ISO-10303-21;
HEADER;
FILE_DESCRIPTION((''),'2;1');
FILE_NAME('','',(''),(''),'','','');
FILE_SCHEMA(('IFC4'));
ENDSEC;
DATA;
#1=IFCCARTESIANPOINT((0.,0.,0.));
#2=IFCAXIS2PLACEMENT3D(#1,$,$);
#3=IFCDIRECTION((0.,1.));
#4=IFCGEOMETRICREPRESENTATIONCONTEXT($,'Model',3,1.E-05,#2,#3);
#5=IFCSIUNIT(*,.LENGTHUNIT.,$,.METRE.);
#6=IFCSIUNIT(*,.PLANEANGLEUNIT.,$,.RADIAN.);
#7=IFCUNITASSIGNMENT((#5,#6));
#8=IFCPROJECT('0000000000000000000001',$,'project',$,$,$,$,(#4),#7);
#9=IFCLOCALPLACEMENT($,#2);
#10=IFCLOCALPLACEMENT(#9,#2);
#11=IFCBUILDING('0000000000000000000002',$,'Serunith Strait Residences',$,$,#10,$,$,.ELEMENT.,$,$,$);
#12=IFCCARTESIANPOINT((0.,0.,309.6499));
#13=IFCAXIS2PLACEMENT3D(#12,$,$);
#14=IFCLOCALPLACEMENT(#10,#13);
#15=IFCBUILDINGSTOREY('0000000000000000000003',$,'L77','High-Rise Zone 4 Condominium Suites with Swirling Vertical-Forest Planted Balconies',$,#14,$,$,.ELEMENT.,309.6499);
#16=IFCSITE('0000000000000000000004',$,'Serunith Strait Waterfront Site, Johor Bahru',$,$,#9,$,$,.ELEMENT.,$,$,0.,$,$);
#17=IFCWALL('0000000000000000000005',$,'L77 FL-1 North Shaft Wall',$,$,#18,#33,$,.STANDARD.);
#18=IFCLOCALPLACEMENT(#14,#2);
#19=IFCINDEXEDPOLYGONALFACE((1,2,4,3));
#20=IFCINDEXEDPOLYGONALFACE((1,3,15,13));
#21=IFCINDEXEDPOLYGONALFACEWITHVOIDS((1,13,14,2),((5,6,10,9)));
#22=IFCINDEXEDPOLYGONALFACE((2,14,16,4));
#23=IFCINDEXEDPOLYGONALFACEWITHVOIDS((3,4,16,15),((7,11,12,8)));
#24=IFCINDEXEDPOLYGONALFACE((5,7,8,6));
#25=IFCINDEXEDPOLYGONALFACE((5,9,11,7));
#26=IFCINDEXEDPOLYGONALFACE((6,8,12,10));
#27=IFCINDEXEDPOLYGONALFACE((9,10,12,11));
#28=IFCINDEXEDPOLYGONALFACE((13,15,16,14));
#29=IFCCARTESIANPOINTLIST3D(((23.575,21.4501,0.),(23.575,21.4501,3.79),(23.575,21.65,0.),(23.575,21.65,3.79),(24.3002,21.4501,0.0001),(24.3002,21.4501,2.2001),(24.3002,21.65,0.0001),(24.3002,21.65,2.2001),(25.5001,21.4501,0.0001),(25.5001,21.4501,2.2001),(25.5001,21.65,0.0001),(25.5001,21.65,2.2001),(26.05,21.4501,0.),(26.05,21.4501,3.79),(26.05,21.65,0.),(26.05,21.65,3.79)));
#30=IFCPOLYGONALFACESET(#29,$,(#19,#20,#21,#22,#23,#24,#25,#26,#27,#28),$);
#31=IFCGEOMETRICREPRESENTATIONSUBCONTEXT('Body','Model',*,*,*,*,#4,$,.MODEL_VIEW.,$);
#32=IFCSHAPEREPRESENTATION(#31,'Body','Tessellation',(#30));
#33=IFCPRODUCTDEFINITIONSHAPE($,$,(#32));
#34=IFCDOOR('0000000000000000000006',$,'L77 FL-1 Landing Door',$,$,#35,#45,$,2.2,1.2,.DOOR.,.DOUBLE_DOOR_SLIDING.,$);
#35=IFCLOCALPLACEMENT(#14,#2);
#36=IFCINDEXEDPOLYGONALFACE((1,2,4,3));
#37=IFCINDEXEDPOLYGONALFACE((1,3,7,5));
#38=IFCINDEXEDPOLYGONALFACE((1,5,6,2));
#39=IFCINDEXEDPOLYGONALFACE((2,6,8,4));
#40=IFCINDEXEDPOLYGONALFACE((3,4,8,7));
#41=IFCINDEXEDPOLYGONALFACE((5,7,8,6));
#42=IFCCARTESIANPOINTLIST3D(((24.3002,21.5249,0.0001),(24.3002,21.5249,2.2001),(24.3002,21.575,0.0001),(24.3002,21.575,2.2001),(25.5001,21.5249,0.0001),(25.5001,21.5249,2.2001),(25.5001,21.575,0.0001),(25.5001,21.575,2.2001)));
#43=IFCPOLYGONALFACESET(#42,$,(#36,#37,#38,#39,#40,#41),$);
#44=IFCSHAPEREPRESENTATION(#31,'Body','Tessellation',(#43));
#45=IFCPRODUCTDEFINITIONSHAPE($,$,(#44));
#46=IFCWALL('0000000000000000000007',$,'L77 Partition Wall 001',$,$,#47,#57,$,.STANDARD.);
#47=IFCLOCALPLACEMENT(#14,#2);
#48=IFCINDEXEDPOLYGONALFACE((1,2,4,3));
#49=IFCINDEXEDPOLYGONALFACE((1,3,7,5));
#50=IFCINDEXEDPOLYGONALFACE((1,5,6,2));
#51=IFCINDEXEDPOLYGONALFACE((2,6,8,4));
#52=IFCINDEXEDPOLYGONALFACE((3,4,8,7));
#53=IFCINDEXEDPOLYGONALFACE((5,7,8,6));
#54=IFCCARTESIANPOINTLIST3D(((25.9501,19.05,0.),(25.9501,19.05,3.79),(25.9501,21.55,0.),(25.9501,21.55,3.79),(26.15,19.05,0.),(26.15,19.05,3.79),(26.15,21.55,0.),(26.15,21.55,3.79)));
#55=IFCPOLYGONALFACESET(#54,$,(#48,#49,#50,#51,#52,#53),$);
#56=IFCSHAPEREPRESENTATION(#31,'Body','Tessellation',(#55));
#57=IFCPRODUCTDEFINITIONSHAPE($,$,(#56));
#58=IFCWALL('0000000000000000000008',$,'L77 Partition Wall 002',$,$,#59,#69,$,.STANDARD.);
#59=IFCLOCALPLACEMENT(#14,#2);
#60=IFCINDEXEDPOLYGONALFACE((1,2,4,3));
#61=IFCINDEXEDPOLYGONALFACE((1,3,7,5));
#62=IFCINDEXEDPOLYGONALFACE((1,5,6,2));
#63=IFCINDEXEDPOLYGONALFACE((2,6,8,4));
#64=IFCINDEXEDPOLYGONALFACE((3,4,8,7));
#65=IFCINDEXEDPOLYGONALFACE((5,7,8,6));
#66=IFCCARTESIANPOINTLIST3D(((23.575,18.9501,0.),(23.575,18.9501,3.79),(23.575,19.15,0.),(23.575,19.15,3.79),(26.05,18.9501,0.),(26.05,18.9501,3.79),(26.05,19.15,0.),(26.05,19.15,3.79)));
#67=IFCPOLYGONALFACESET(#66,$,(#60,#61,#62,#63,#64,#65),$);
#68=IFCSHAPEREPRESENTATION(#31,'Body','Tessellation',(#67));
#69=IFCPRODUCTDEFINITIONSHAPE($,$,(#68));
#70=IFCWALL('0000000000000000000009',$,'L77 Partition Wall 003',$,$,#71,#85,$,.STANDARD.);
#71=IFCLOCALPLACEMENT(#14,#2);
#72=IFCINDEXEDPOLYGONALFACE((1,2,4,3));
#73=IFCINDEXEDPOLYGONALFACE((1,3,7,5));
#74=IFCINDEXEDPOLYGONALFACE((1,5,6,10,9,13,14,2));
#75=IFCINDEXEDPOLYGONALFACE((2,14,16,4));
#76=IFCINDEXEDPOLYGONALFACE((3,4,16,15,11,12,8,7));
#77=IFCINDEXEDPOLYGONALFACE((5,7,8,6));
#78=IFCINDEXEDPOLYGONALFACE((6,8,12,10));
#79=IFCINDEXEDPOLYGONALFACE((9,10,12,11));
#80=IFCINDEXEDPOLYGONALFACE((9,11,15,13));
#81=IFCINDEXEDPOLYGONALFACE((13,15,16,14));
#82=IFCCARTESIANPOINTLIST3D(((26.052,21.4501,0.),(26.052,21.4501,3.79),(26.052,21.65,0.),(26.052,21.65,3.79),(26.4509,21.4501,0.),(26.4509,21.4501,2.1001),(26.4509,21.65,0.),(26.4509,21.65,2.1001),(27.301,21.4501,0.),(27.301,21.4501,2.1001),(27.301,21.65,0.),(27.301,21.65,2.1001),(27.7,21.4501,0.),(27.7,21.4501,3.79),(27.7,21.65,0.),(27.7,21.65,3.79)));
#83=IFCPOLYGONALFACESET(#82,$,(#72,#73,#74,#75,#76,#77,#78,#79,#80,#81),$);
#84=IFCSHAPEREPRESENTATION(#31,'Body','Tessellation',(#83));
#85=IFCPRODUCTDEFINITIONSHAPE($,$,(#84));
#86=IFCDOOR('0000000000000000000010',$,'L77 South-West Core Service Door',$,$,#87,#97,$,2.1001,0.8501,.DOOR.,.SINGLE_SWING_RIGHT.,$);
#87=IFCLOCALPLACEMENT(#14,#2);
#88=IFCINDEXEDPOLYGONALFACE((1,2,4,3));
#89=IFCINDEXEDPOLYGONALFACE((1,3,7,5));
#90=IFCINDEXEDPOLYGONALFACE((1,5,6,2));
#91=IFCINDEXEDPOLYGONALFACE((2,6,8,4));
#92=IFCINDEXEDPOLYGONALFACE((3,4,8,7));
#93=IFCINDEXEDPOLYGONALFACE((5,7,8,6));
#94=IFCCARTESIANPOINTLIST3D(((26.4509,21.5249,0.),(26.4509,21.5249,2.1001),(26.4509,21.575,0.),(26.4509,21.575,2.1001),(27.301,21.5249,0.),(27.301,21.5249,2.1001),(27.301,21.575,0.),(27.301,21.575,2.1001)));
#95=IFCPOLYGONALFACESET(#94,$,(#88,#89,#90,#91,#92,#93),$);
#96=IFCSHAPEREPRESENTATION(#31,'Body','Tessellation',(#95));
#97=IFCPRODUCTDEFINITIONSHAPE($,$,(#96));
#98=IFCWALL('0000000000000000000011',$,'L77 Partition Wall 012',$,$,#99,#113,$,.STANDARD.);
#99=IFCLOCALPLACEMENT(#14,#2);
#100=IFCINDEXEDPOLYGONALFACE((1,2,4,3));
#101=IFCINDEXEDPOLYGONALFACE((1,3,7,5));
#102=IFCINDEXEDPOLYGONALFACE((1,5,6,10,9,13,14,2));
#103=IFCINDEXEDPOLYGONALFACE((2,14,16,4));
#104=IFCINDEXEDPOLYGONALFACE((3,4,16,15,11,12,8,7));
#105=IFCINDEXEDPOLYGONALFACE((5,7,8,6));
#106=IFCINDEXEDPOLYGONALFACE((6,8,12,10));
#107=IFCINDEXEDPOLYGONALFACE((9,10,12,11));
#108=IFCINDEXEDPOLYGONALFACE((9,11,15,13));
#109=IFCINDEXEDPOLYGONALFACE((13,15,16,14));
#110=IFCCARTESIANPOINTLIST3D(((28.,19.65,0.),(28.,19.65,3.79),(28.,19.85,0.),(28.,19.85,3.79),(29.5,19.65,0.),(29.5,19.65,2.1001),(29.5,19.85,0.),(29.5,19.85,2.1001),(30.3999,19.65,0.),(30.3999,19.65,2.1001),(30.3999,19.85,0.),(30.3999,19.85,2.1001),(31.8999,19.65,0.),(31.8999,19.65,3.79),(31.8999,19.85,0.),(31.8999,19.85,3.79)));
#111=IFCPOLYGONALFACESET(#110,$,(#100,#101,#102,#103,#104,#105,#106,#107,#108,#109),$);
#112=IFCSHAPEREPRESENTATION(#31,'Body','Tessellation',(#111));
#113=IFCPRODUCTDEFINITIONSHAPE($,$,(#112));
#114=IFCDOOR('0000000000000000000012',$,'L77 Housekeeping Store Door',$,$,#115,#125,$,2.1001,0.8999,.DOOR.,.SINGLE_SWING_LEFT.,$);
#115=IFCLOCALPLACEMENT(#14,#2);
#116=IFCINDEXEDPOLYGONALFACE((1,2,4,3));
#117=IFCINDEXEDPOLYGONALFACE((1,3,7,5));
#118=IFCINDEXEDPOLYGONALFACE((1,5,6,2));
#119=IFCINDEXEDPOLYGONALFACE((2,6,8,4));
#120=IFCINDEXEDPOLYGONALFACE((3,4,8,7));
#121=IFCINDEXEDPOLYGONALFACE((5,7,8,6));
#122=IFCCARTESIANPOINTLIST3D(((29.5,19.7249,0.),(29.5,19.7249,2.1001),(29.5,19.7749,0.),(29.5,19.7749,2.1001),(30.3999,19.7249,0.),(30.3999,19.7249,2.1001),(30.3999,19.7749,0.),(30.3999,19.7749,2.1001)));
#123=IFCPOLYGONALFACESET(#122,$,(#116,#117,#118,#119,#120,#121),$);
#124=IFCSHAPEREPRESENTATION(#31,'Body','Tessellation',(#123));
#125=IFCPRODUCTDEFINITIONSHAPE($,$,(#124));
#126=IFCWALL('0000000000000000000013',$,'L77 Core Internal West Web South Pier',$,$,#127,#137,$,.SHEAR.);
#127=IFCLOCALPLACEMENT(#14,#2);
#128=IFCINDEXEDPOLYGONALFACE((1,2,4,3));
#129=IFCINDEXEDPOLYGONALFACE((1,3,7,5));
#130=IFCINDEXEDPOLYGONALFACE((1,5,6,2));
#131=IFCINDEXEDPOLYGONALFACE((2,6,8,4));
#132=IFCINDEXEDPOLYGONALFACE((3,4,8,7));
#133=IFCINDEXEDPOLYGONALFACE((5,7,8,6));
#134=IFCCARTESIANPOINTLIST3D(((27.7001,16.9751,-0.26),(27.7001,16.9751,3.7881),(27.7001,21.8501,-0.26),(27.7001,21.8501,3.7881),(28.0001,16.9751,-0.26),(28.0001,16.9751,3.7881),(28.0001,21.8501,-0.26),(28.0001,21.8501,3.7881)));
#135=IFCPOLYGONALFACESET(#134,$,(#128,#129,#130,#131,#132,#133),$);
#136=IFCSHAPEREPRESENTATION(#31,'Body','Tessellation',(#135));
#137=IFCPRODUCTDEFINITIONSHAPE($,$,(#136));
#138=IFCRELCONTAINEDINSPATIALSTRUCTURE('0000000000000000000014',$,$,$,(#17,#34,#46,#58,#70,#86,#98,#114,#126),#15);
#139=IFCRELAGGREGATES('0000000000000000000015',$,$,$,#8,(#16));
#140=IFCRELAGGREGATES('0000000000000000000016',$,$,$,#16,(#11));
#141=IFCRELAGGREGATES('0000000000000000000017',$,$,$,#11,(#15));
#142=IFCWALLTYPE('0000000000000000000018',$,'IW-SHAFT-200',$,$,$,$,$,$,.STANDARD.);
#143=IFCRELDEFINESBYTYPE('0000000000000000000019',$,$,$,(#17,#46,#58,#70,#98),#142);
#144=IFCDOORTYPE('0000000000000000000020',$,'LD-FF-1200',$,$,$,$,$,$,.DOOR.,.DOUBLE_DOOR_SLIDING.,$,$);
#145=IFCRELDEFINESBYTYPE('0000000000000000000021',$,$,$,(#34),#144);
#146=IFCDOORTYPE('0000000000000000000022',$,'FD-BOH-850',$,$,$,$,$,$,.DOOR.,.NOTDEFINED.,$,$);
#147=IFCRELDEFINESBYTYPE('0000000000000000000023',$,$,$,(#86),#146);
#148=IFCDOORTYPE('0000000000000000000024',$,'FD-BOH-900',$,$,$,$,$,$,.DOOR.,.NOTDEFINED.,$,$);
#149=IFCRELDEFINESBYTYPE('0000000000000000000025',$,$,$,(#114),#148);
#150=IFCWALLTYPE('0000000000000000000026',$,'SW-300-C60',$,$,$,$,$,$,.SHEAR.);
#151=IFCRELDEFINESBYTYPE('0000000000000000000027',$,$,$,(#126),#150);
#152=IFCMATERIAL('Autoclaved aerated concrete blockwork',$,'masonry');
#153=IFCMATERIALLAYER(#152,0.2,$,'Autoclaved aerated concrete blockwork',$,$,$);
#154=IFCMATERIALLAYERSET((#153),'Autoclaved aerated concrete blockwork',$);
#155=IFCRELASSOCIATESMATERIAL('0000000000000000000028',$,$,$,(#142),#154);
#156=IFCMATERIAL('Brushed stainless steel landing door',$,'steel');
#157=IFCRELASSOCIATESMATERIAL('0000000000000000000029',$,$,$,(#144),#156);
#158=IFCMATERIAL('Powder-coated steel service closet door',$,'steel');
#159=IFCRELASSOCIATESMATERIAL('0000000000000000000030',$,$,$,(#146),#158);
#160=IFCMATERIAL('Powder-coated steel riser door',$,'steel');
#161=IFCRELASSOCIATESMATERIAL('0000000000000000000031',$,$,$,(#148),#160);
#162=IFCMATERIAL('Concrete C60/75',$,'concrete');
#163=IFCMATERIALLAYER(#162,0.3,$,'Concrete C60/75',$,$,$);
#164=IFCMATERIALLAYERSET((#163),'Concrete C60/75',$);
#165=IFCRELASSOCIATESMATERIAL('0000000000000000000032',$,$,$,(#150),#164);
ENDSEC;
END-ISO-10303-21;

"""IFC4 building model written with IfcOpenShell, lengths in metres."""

from ifc_helpers import new_model, si_unit, direction, frame, frame_2d, origin, place, context, subcontext, project, spatial, rectangle, extrude, source, transform, mapped, material, layer, layer_set, type_object, element, fill, save


model = new_model("IFC4")

# Units and contexts
model_context = context("Model", 3, precision=1e-05, world=origin(), true_north=direction((0.0, 1.0)))
body_context = subcontext(model_context, "Body", "Model", "MODEL_VIEW")
ifc_project = project(units=[si_unit("LENGTHUNIT", "METRE"), si_unit("PLANEANGLEUNIT", "RADIAN")], contexts=[model_context])

# Site, building, storey
site_placement = place(None, origin())
site = spatial("IfcSite", under=ifc_project, at=site_placement, Name="Serunith Strait Waterfront Site, Johor Bahru", CompositionType="ELEMENT", RefElevation=0.0)
building_placement = place(site_placement, origin())
building = spatial("IfcBuilding", under=site, at=building_placement, Name="Serunith Strait Residences", CompositionType="ELEMENT")
storey_placement = place(building_placement, frame((0.0, 0.0, 309.6499)))
storey = spatial("IfcBuildingStorey", under=building, at=storey_placement, Name="L77", Description="High-Rise Zone 4 Condominium Suites with Swirling Vertical-Forest Planted Balconies", CompositionType="ELEMENT", Elevation=309.6499)

# Wall, opening, door
shared_shape_1 = source(origin(), body_context, "Body", "SweptSolid", [
    extrude(rectangle(XDim=0.8999, YDim=2.1001, at=frame_2d((0.45, 1.05))), frame((0.0, 0.0249, 0.0), z_axis=(0.0, -1.0, 0.0), x_axis=(1.0, 0.0, 0.0)), (0.0, 0.0, 1.0), 0.05),
])
shared_shape_2 = source(origin(), body_context, "Body", "SweptSolid", [
    extrude(rectangle(XDim=0.8501, YDim=2.1001, at=frame_2d((0.425, 1.05))), frame((0.0, 0.0249, 0.0), z_axis=(0.0, -1.0, 0.0), x_axis=(1.0, 0.0, 0.0)), (0.0, 0.0, 1.0), 0.05),
])
ifc_material_1 = material(Name="Autoclaved aerated concrete blockwork", Category="masonry")
ifc_layer_1 = layer(ifc_material_1, 0.2, Name="Autoclaved aerated concrete blockwork")
ifc_layer_set_1 = layer_set([ifc_layer_1], Name="Autoclaved aerated concrete blockwork")
wall_type_1 = type_object("IfcWallType", Name="IW-SHAFT-200", PredefinedType="STANDARD", material=ifc_layer_set_1)
wall_1_placement = place(storey_placement, frame((23.575, 21.55, 0.0), z_axis=(0.0, 0.0, 1.0), x_axis=(1.0, 0.0, 0.0)))
wall_1 = element("IfcWall", 1, at=wall_1_placement, inside=storey, type_object=wall_type_1, Name="L77 FL-1 North Shaft Wall", PredefinedType="STANDARD", context=body_context, shape_type="SweptSolid", body=[
    extrude(rectangle(XDim=2.4751, YDim=0.2, at=frame_2d((1.2375, 0.0))), origin(), (0.0, 0.0, 1.0), 3.79),
])
opening_1_placement = place(wall_1_placement, frame((0.7251, 0.0, 0.0)))
opening_1 = element("IfcOpeningElement", 2, at=opening_1_placement, cuts=wall_1, PredefinedType="OPENING", context=body_context, shape_type="SweptSolid", body=[
    extrude(rectangle(XDim=1.2, YDim=2.2, at=frame_2d((0.6001, 1.1001))), frame((0.0, 0.1099, 0.0), z_axis=(0.0, -1.0, 0.0), x_axis=(1.0, 0.0, 0.0)), (0.0, 0.0, 1.0), 0.22),
])
ifc_material_2 = material(Name="Brushed stainless steel landing door", Category="steel")
door_type_1 = type_object("IfcDoorType", Name="LD-FF-1200", OperationType="DOUBLE_DOOR_SLIDING", PredefinedType="DOOR", material=ifc_material_2)
shared_shape_3 = source(origin(), body_context, "Body", "SweptSolid", [
    extrude(rectangle(XDim=1.2, YDim=2.2, at=frame_2d((0.6001, 1.1001))), frame((0.0, 0.0249, 0.0), z_axis=(0.0, -1.0, 0.0), x_axis=(1.0, 0.0, 0.0)), (0.0, 0.0, 1.0), 0.05),
])
door_1_placement = place(opening_1_placement, origin())
door_1 = element("IfcDoor", 3, at=door_1_placement, inside=storey, type_object=door_type_1, Name="L77 FL-1 Landing Door", OperationType="DOUBLE_DOOR_SLIDING", OverallHeight=2.2, OverallWidth=1.2, PredefinedType="DOOR", context=body_context, shape_type="MappedRepresentation", body=[
    mapped(shared_shape_3, transform((0.0, 0.0, 0.0), scale=1.0)),
])
fill(opening_1, door_1)

# Walls
wall_2_placement = place(storey_placement, frame((26.05, 19.05, 0.0), z_axis=(0.0, 0.0, 1.0), x_axis=(0.0, 1.0, 0.0)))
element("IfcWall", 4, at=wall_2_placement, inside=storey, type_object=wall_type_1, Name="L77 Partition Wall 001", PredefinedType="STANDARD", context=body_context, shape_type="SweptSolid", body=[
    extrude(rectangle(XDim=2.5, YDim=0.2, at=frame_2d((1.25, 0.0))), origin(), (0.0, 0.0, 1.0), 3.79),
])
wall_3_placement = place(storey_placement, frame((23.575, 19.05, 0.0), z_axis=(0.0, 0.0, 1.0), x_axis=(1.0, 0.0, 0.0)))
element("IfcWall", 5, at=wall_3_placement, inside=storey, type_object=wall_type_1, Name="L77 Partition Wall 002", PredefinedType="STANDARD", context=body_context, shape_type="SweptSolid", body=[
    extrude(rectangle(XDim=2.4751, YDim=0.2, at=frame_2d((1.2375, 0.0))), origin(), (0.0, 0.0, 1.0), 3.79),
])

# Walls, openings, doors
wall_4_placement = place(storey_placement, frame((26.052, 21.55, 0.0), z_axis=(0.0, 0.0, 1.0), x_axis=(1.0, 0.0, 0.0)))
wall_4 = element("IfcWall", 6, at=wall_4_placement, inside=storey, type_object=wall_type_1, Name="L77 Partition Wall 003", PredefinedType="STANDARD", context=body_context, shape_type="SweptSolid", body=[
    extrude(rectangle(XDim=1.6479, YDim=0.2, at=frame_2d((0.824, 0.0))), origin(), (0.0, 0.0, 1.0), 3.79),
])
opening_2_placement = place(wall_4_placement, frame((0.3989, 0.0, 0.0)))
opening_2 = element("IfcOpeningElement", 7, at=opening_2_placement, cuts=wall_4, PredefinedType="OPENING", context=body_context, shape_type="SweptSolid", body=[
    extrude(rectangle(XDim=0.8501, YDim=2.1001, at=frame_2d((0.425, 1.05))), frame((0.0, 0.1099, 0.0), z_axis=(0.0, -1.0, 0.0), x_axis=(1.0, 0.0, 0.0)), (0.0, 0.0, 1.0), 0.22),
])
ifc_material_3 = material(Name="Powder-coated steel service closet door", Category="steel")
door_type_2 = type_object("IfcDoorType", Name="FD-BOH-850", OperationType="NOTDEFINED", PredefinedType="DOOR", material=ifc_material_3)
door_2_placement = place(opening_2_placement, origin())
door_2 = element("IfcDoor", 8, at=door_2_placement, inside=storey, type_object=door_type_2, Name="L77 South-West Core Service Door", OperationType="SINGLE_SWING_RIGHT", OverallHeight=2.1001, OverallWidth=0.8501, PredefinedType="DOOR", context=body_context, shape_type="MappedRepresentation", body=[
    mapped(shared_shape_2, transform((0.0, 0.0, 0.0), scale=1.0)),
])
fill(opening_2, door_2)
wall_5_placement = place(storey_placement, frame((28.0, 19.75, 0.0), z_axis=(0.0, 0.0, 1.0), x_axis=(1.0, 0.0, 0.0)))
wall_5 = element("IfcWall", 9, at=wall_5_placement, inside=storey, type_object=wall_type_1, Name="L77 Partition Wall 012", PredefinedType="STANDARD", context=body_context, shape_type="SweptSolid", body=[
    extrude(rectangle(XDim=3.8999, YDim=0.2, at=frame_2d((1.95, 0.0))), origin(), (0.0, 0.0, 1.0), 3.79),
])
opening_3_placement = place(wall_5_placement, frame((1.5, 0.0, 0.0)))
opening_3 = element("IfcOpeningElement", 10, at=opening_3_placement, cuts=wall_5, PredefinedType="OPENING", context=body_context, shape_type="SweptSolid", body=[
    extrude(rectangle(XDim=0.8999, YDim=2.1001, at=frame_2d((0.45, 1.05))), frame((0.0, 0.1099, 0.0), z_axis=(0.0, -1.0, 0.0), x_axis=(1.0, 0.0, 0.0)), (0.0, 0.0, 1.0), 0.22),
])
ifc_material_4 = material(Name="Powder-coated steel riser door", Category="steel")
door_type_3 = type_object("IfcDoorType", Name="FD-BOH-900", OperationType="NOTDEFINED", PredefinedType="DOOR", material=ifc_material_4)
door_3_placement = place(opening_3_placement, origin())
door_3 = element("IfcDoor", 11, at=door_3_placement, inside=storey, type_object=door_type_3, Name="L77 Housekeeping Store Door", OperationType="SINGLE_SWING_LEFT", OverallHeight=2.1001, OverallWidth=0.8999, PredefinedType="DOOR", context=body_context, shape_type="MappedRepresentation", body=[
    mapped(shared_shape_1, transform((0.0, 0.0, 0.0), scale=1.0)),
])
fill(opening_3, door_3)

# Wall
ifc_material_5 = material(Name="Concrete C60/75", Category="concrete")
ifc_layer_2 = layer(ifc_material_5, 0.3, Name="Concrete C60/75")
ifc_layer_set_2 = layer_set([ifc_layer_2], Name="Concrete C60/75")
wall_type_2 = type_object("IfcWallType", Name="SW-300-C60", PredefinedType="SHEAR", material=ifc_layer_set_2)
wall_6_placement = place(storey_placement, frame((27.8501, 16.9751, -0.26), z_axis=(0.0, 0.0, 1.0), x_axis=(0.0, 1.0, 0.0)))
element("IfcWall", 12, at=wall_6_placement, inside=storey, type_object=wall_type_2, Name="L77 Core Internal West Web South Pier", PredefinedType="SHEAR", context=body_context, shape_type="SweptSolid", body=[
    extrude(rectangle(XDim=4.875, YDim=0.3, at=frame_2d((2.4375, 0.0))), origin(), (0.0, 0.0, 1.0), 4.0481),
])

save(model, "model.ifc")
